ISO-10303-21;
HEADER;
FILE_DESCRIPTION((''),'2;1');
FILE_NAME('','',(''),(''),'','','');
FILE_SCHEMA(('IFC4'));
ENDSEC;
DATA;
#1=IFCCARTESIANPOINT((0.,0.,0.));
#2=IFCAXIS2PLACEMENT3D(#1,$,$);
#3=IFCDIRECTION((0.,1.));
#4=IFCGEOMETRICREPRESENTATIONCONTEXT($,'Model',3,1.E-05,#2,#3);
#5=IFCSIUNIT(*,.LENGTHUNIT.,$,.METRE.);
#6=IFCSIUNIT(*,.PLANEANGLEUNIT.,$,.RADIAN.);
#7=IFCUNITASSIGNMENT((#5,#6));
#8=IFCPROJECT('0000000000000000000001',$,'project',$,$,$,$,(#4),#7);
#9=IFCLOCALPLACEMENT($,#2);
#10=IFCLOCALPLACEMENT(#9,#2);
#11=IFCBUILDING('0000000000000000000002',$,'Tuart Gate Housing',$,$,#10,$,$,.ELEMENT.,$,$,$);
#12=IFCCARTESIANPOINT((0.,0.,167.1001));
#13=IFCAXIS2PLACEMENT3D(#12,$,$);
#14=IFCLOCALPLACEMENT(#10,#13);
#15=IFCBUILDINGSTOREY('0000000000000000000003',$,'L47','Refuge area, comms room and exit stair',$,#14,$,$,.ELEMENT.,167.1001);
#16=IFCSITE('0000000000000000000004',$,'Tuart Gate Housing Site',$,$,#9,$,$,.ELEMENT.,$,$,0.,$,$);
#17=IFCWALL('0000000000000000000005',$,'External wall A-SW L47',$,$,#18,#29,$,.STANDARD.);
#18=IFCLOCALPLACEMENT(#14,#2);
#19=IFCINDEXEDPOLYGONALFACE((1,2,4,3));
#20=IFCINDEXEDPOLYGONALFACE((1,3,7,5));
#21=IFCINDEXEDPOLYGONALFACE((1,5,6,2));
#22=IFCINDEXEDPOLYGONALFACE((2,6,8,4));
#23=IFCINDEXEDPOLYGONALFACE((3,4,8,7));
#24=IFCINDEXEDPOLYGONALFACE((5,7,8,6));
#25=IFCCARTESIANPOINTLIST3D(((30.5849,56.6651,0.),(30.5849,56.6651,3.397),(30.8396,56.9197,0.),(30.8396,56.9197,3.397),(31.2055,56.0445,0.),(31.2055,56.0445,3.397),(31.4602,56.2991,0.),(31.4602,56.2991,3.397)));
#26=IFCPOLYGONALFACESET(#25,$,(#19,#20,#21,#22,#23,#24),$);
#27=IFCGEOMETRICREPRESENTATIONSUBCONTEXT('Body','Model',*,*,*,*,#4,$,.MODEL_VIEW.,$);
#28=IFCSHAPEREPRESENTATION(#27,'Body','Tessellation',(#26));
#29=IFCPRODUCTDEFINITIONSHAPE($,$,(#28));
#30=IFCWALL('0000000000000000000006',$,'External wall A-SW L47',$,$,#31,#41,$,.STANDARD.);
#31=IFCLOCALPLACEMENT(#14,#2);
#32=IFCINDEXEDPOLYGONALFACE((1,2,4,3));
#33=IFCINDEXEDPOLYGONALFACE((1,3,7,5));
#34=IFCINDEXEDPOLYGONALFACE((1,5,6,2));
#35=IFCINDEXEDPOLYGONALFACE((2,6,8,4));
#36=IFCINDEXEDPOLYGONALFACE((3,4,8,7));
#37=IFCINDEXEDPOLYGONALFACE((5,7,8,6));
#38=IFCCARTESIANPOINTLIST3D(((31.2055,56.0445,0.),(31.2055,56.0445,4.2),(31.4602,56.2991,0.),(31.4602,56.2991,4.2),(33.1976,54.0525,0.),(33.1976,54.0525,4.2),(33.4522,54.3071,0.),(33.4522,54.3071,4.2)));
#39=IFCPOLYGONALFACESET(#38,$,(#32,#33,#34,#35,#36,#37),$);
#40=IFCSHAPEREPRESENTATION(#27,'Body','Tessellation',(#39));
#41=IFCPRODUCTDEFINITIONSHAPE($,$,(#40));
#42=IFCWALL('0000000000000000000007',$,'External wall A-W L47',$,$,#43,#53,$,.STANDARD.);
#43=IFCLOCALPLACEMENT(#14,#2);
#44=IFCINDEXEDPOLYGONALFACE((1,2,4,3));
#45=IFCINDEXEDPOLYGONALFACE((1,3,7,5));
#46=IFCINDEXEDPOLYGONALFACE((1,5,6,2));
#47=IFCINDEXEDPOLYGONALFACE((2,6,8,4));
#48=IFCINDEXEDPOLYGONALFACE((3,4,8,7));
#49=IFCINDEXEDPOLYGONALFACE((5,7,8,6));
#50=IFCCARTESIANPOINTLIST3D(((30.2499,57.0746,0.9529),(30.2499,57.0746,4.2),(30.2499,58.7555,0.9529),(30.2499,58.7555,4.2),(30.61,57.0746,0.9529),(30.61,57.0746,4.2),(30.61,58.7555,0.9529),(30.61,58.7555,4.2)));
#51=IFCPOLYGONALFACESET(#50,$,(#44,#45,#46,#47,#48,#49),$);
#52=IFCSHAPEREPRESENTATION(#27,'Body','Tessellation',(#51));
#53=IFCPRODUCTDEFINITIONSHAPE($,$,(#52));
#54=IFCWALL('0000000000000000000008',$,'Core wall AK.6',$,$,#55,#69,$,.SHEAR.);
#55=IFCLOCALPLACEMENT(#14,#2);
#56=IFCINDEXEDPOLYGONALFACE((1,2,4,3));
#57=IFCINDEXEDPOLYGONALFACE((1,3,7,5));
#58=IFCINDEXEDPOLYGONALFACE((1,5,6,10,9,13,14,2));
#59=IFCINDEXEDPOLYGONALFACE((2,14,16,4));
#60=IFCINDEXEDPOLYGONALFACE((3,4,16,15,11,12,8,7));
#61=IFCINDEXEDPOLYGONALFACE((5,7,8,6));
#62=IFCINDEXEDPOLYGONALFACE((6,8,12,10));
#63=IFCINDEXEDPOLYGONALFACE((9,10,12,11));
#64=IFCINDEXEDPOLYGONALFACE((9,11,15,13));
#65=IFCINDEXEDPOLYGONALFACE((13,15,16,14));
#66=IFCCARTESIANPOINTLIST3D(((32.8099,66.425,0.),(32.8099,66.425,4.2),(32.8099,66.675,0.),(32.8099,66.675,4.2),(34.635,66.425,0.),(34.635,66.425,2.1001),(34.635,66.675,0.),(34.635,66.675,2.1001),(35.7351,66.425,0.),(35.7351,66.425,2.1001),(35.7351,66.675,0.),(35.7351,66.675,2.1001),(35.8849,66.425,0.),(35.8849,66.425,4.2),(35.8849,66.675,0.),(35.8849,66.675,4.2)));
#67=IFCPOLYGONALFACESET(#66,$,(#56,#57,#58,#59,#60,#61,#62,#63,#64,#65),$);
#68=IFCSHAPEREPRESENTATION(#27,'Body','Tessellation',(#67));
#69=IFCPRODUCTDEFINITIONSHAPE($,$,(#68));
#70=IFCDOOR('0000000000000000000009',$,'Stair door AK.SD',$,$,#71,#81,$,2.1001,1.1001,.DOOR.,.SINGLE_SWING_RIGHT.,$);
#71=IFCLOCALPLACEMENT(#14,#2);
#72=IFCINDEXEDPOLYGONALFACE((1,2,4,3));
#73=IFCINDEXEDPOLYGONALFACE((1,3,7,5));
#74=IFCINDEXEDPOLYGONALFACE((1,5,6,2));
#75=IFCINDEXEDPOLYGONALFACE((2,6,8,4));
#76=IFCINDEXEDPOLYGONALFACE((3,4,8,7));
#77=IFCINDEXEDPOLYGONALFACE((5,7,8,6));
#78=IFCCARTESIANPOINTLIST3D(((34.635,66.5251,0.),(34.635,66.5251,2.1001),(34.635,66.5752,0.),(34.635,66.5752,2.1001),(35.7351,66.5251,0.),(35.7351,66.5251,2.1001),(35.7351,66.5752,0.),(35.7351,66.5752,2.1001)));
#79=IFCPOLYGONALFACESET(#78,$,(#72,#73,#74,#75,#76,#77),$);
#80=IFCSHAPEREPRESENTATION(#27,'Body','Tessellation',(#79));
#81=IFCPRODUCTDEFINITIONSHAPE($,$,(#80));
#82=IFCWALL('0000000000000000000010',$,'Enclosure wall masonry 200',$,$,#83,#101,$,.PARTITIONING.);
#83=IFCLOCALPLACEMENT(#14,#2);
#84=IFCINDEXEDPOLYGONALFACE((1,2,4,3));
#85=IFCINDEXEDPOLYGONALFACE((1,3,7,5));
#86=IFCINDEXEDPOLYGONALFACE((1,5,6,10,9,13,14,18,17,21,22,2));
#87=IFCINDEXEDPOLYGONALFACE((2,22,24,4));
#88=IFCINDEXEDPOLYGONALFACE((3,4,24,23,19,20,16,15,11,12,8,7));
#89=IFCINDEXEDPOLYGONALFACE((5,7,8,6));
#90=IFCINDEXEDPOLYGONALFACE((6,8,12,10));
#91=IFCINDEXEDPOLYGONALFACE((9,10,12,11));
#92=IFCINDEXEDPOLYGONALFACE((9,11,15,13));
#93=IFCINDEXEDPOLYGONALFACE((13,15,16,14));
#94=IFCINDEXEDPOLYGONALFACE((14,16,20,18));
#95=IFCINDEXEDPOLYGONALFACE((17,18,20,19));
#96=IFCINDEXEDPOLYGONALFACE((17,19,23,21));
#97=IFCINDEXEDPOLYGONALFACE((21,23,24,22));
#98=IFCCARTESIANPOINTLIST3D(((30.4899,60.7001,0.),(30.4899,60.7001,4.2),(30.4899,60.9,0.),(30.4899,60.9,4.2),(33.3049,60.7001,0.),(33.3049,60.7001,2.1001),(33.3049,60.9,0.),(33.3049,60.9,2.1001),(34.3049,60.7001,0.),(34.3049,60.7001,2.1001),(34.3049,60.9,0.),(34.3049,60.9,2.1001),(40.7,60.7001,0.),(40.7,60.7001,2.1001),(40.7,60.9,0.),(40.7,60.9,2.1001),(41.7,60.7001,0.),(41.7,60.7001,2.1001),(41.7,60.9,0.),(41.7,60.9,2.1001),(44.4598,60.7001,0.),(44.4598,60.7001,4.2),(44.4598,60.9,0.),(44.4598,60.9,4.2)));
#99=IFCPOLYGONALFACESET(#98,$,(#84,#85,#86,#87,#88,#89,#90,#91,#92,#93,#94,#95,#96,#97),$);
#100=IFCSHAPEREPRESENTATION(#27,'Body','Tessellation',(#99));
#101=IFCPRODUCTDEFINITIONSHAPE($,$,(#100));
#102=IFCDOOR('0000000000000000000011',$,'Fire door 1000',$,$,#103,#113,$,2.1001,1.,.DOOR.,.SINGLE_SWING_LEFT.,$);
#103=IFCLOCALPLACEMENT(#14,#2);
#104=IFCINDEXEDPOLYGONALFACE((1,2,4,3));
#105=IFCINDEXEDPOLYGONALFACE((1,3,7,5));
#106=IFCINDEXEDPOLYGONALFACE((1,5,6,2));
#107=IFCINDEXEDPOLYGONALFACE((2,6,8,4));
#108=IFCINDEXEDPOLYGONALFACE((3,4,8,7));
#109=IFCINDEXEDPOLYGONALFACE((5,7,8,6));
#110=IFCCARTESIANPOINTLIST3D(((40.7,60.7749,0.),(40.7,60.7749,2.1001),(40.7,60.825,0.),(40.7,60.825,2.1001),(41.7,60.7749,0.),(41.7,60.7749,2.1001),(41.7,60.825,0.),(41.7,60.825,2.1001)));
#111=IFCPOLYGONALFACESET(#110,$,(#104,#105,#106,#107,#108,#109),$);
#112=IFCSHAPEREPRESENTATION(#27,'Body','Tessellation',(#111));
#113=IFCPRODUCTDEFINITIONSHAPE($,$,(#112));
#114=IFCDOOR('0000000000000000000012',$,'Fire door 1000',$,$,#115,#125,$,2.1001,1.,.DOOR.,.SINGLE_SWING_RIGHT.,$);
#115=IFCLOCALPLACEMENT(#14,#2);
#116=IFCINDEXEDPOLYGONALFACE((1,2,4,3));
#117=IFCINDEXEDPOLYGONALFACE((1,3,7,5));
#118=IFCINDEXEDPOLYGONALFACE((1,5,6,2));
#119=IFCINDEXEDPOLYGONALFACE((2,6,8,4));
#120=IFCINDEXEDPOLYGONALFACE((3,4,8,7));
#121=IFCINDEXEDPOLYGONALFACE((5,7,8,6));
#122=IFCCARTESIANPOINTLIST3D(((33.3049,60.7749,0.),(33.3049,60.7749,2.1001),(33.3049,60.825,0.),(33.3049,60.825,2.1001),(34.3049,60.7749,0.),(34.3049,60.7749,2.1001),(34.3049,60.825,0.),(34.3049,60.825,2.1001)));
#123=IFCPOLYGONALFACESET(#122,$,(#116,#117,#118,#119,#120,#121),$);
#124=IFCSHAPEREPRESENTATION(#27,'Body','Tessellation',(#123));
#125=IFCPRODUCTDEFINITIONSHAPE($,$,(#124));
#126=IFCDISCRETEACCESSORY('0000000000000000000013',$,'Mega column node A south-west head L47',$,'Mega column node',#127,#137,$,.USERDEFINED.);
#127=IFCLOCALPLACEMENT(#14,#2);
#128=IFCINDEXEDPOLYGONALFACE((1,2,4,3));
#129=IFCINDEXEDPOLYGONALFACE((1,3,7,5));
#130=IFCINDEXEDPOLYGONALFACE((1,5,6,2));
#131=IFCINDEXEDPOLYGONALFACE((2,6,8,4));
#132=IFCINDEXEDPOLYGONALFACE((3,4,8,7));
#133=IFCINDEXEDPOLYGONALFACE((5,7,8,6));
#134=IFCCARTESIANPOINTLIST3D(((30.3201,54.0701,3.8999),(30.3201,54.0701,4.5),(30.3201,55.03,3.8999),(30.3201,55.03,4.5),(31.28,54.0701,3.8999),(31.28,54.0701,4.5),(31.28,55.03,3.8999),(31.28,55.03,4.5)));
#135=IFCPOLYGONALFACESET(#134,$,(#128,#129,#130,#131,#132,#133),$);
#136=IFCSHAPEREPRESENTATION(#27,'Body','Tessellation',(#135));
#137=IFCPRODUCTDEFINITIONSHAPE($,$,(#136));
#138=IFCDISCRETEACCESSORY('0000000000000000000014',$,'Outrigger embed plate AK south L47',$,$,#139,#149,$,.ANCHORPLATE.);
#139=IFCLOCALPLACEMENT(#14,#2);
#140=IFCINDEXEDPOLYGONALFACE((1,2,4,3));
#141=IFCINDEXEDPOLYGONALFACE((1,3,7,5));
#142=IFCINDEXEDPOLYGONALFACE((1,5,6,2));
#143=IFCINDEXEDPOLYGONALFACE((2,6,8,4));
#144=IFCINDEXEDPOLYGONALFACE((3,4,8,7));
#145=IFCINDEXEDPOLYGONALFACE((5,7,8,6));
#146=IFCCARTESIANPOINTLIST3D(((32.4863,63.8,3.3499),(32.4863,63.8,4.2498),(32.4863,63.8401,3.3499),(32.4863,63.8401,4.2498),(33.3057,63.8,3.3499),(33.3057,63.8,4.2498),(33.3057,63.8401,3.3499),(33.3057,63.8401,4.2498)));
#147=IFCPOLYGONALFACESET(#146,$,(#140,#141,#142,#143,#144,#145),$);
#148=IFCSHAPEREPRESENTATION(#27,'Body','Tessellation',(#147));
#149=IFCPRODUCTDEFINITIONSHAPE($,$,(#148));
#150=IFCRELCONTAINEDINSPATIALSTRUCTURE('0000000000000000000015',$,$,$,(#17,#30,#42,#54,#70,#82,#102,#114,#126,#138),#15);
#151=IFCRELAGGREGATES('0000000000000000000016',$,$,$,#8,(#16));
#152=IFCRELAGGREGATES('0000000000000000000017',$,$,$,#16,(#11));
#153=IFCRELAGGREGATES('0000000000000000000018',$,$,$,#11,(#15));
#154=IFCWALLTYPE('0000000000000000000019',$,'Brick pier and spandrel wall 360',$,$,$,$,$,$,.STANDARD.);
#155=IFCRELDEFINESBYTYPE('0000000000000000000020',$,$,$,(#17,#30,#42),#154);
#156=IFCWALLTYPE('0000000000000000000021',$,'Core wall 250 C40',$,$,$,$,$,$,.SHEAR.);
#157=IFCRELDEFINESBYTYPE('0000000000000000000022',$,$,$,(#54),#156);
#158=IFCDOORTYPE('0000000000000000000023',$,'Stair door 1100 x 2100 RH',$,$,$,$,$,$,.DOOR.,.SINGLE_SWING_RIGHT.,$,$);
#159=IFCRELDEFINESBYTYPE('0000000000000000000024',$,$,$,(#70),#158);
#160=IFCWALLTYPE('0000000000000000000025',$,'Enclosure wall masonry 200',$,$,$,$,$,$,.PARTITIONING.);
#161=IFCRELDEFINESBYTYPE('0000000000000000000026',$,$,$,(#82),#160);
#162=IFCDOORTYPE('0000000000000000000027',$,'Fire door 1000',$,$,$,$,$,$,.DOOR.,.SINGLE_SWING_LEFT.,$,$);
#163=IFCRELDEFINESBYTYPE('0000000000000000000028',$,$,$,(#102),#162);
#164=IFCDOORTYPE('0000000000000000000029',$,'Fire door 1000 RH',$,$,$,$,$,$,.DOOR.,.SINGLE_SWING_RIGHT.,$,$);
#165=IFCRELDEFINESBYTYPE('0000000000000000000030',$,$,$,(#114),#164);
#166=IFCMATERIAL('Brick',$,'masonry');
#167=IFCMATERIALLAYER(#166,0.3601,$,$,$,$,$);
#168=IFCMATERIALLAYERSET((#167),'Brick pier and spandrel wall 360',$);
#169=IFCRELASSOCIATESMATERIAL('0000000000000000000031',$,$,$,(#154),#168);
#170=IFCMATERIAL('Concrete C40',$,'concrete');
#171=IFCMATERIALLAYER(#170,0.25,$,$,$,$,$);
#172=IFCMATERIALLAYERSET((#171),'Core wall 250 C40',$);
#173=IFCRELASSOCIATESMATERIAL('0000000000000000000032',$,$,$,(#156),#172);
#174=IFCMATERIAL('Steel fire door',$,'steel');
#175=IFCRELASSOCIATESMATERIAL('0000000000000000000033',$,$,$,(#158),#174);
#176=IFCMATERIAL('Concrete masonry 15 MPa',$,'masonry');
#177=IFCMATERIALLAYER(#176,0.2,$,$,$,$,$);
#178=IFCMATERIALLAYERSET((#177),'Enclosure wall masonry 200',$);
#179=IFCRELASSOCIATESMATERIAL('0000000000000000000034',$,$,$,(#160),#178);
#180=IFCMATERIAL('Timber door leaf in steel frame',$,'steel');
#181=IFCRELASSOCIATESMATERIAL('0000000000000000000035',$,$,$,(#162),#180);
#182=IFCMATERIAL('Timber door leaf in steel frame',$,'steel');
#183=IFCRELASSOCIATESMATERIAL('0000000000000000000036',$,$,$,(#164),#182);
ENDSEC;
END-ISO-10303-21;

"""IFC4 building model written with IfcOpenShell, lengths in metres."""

from ifc_helpers import new_model, si_unit, direction, frame, frame_2d, origin, origin_2d, place, context, subcontext, project, spatial, rectangle, extrude, material, layer, layer_set, type_object, element, fill, save


model = new_model("IFC4")

# Units and contexts
model_context = context("Model", 3, precision=1e-05, world=origin(), true_north=direction((0.0, 1.0)))
body_context = subcontext(model_context, "Body", "Model", "MODEL_VIEW")
ifc_project = project(units=[si_unit("LENGTHUNIT", "METRE"), si_unit("PLANEANGLEUNIT", "RADIAN")], contexts=[model_context])

# Site, building, storey
site_placement = place(None, origin())
site = spatial("IfcSite", under=ifc_project, at=site_placement, Name="Tuart Gate Housing Site", CompositionType="ELEMENT", RefElevation=0.0)
building_placement = place(site_placement, origin())
building = spatial("IfcBuilding", under=site, at=building_placement, Name="Tuart Gate Housing", CompositionType="ELEMENT")
storey_placement = place(building_placement, frame((0.0, 0.0, 167.1001)))
storey = spatial("IfcBuildingStorey", under=building, at=storey_placement, Name="L47", Description="Refuge area, comms room and exit stair", CompositionType="ELEMENT", Elevation=167.1001)

# Walls
ifc_material_1 = material(Name="Brick", Category="masonry")
ifc_layer_1 = layer(ifc_material_1, 0.3601)
ifc_layer_set_1 = layer_set([ifc_layer_1], Name="Brick pier and spandrel wall 360")
wall_type_1 = type_object("IfcWallType", Name="Brick pier and spandrel wall 360", PredefinedType="STANDARD", material=ifc_layer_set_1)
wall_1_placement = place(storey_placement, frame((30.7122, 56.7925, 0.0), z_axis=(0.0, 0.0, 1.0), x_axis=(0.707107, -0.707107, 0.0)))
element("IfcWall", 1, at=wall_1_placement, inside=storey, type_object=wall_type_1, Name="External wall A-SW L47", PredefinedType="STANDARD", context=body_context, shape_type="SweptSolid", body=[
    extrude(rectangle(XDim=0.8777, YDim=0.3601, at=frame_2d((0.439, 0.0))), origin(), (0.0, 0.0, 1.0), 3.397),
])
wall_2_placement = place(storey_placement, frame((31.3328, 56.1719, 0.0), z_axis=(0.0, 0.0, 1.0), x_axis=(0.707107, -0.707107, 0.0)))
element("IfcWall", 2, at=wall_2_placement, inside=storey, type_object=wall_type_1, Name="External wall A-SW L47", PredefinedType="STANDARD", context=body_context, shape_type="SweptSolid", body=[
    extrude(rectangle(XDim=2.8171, YDim=0.3601, at=frame_2d((1.4087, 0.0))), origin(), (0.0, 0.0, 1.0), 4.2),
])
wall_3_placement = place(storey_placement, frame((30.4299, 58.7554, 0.9529), z_axis=(0.0, 0.0, 1.0), x_axis=(0.0, -1.0, 0.0)))
element("IfcWall", 3, at=wall_3_placement, inside=storey, type_object=wall_type_1, Name="External wall A-W L47", PredefinedType="STANDARD", context=body_context, shape_type="SweptSolid", body=[
    extrude(rectangle(XDim=1.6809, YDim=0.3601, at=frame_2d((0.8403, 0.0))), origin(), (0.0, 0.0, 1.0), 3.2471),
])

# Wall, opening, door
ifc_material_2 = material(Name="Concrete C40", Category="concrete")
ifc_layer_2 = layer(ifc_material_2, 0.25)
ifc_layer_set_2 = layer_set([ifc_layer_2], Name="Core wall 250 C40")
wall_type_2 = type_object("IfcWallType", Name="Core wall 250 C40", PredefinedType="SHEAR", material=ifc_layer_set_2)
wall_4_placement = place(storey_placement, frame((35.885, 66.55, 0.0), z_axis=(0.0, 0.0, 1.0), x_axis=(-1.0, 0.0, 0.0)))
wall_4 = element("IfcWall", 4, at=wall_4_placement, inside=storey, type_object=wall_type_2, Name="Core wall AK.6", PredefinedType="SHEAR", context=body_context, shape_type="SweptSolid", body=[
    extrude(rectangle(XDim=3.075, YDim=0.25, at=frame_2d((1.5376, 0.0))), origin(), (0.0, 0.0, 1.0), 4.2),
])
opening_1_placement = place(wall_4_placement, frame((0.1499, 0.0, 0.0)))
opening_1 = element("IfcOpeningElement", 5, at=opening_1_placement, cuts=wall_4, PredefinedType="OPENING", context=body_context, shape_type="SweptSolid", body=[
    extrude(rectangle(XDim=1.1001, YDim=2.1001, at=frame_2d((0.55, 1.05))), frame((0.0, 0.135, 0.0), z_axis=(0.0, -1.0, 0.0), x_axis=(1.0, 0.0, 0.0)), (0.0, 0.0, 1.0), 0.27),
])
ifc_material_3 = material(Name="Steel fire door", Category="steel")
door_type_1 = type_object("IfcDoorType", Name="Stair door 1100 x 2100 RH", OperationType="SINGLE_SWING_RIGHT", PredefinedType="DOOR", material=ifc_material_3)
door_1_placement = place(opening_1_placement, frame((1.1001, 0.0, 0.0), z_axis=(0.0, 0.0, 1.0), x_axis=(-1.0, 0.0, 0.0)))
door_1 = element("IfcDoor", 6, at=door_1_placement, inside=storey, type_object=door_type_1, Name="Stair door AK.SD", OperationType="SINGLE_SWING_RIGHT", OverallHeight=2.1001, OverallWidth=1.1001, PredefinedType="DOOR", context=body_context, shape_type="SweptSolid", body=[
    extrude(rectangle(XDim=1.1001, YDim=2.1001, at=frame_2d((0.55, 1.05))), frame((0.0, 0.0251, 0.0), z_axis=(0.0, -1.0, 0.0), x_axis=(1.0, 0.0, 0.0)), (0.0, 0.0, 1.0), 0.05),
])
fill(opening_1, door_1)

# Wall, openings, doors
ifc_material_4 = material(Name="Concrete masonry 15 MPa", Category="masonry")
ifc_layer_3 = layer(ifc_material_4, 0.2)
ifc_layer_set_3 = layer_set([ifc_layer_3], Name="Enclosure wall masonry 200")
wall_type_3 = type_object("IfcWallType", Name="Enclosure wall masonry 200", PredefinedType="PARTITIONING", material=ifc_layer_set_3)
wall_5_placement = place(storey_placement, frame((30.49, 60.8, 0.0), z_axis=(0.0, 0.0, 1.0), x_axis=(1.0, 0.0, 0.0)))
wall_5 = element("IfcWall", 7, at=wall_5_placement, inside=storey, type_object=wall_type_3, Name="Enclosure wall masonry 200", PredefinedType="PARTITIONING", context=body_context, shape_type="SweptSolid", body=[
    extrude(rectangle(XDim=13.97, YDim=0.2, at=frame_2d((6.9849, 0.0))), origin(), (0.0, 0.0, 1.0), 4.2),
])
opening_2_placement = place(wall_5_placement, frame((2.8149, 0.0, 0.0)))
opening_2 = element("IfcOpeningElement", 8, at=opening_2_placement, cuts=wall_5, PredefinedType="OPENING", context=body_context, shape_type="SweptSolid", body=[
    extrude(rectangle(XDim=1.0, YDim=2.1001, at=frame_2d((0.5, 1.05))), frame((0.0, 0.1099, 0.0), z_axis=(0.0, -1.0, 0.0), x_axis=(1.0, 0.0, 0.0)), (0.0, 0.0, 1.0), 0.22),
])
opening_3_placement = place(wall_5_placement, frame((10.21, 0.0, 0.0)))
opening_3 = element("IfcOpeningElement", 9, at=opening_3_placement, cuts=wall_5, PredefinedType="OPENING", context=body_context, shape_type="SweptSolid", body=[
    extrude(rectangle(XDim=1.0, YDim=2.1001, at=frame_2d((0.5, 1.05))), frame((0.0, 0.1099, 0.0), z_axis=(0.0, -1.0, 0.0), x_axis=(1.0, 0.0, 0.0)), (0.0, 0.0, 1.0), 0.22),
])
ifc_material_5 = material(Name="Timber door leaf in steel frame", Category="steel")
door_type_2 = type_object("IfcDoorType", Name="Fire door 1000", OperationType="SINGLE_SWING_LEFT", PredefinedType="DOOR", material=ifc_material_5)
door_2_placement = place(opening_3_placement, frame((1.0, 0.0, 0.0), z_axis=(0.0, 0.0, 1.0), x_axis=(-1.0, 0.0, 0.0)))
door_2 = element("IfcDoor", 10, at=door_2_placement, inside=storey, type_object=door_type_2, Name="Fire door 1000", OperationType="SINGLE_SWING_LEFT", OverallHeight=2.1001, OverallWidth=1.0, PredefinedType="DOOR", context=body_context, shape_type="SweptSolid", body=[
    extrude(rectangle(XDim=1.0, YDim=2.1001, at=frame_2d((0.5, 1.05))), frame((0.0, 0.0251, 0.0), z_axis=(0.0, -1.0, 0.0), x_axis=(1.0, 0.0, 0.0)), (0.0, 0.0, 1.0), 0.05),
])
fill(opening_3, door_2)
ifc_material_6 = material(Name="Timber door leaf in steel frame", Category="steel")
door_type_3 = type_object("IfcDoorType", Name="Fire door 1000 RH", OperationType="SINGLE_SWING_RIGHT", PredefinedType="DOOR", material=ifc_material_6)
door_3_placement = place(opening_2_placement, frame((1.0, 0.0, 0.0), z_axis=(0.0, 0.0, 1.0), x_axis=(-1.0, 0.0, 0.0)))
door_3 = element("IfcDoor", 11, at=door_3_placement, inside=storey, type_object=door_type_3, Name="Fire door 1000", OperationType="SINGLE_SWING_RIGHT", OverallHeight=2.1001, OverallWidth=1.0, PredefinedType="DOOR", context=body_context, shape_type="SweptSolid", body=[
    extrude(rectangle(XDim=1.0, YDim=2.1001, at=frame_2d((0.5, 1.05))), frame((0.0, 0.0251, 0.0), z_axis=(0.0, -1.0, 0.0), x_axis=(1.0, 0.0, 0.0)), (0.0, 0.0, 1.0), 0.05),
])
fill(opening_2, door_3)

# Discrete accessories
discrete_accessory_1_placement = place(storey_placement, frame((30.8, 54.55, 3.8999), z_axis=(0.0, 0.0, 1.0), x_axis=(1.0, 0.0, 0.0)))
element("IfcDiscreteAccessory", 12, at=discrete_accessory_1_placement, inside=storey, Name="Mega column node A south-west head L47", ObjectType="Mega column node", PredefinedType="USERDEFINED", context=body_context, shape_type="SweptSolid", body=[
    extrude(rectangle(XDim=0.96, YDim=0.96, at=origin_2d()), origin(), (0.0, 0.0, 1.0), 0.6001),
])
discrete_accessory_2_placement = place(storey_placement, frame((32.896, 63.8201, 3.3499), z_axis=(0.0, 0.0, 1.0), x_axis=(1.0, 0.0, 0.0)))
element("IfcDiscreteAccessory", 13, at=discrete_accessory_2_placement, inside=storey, Name="Outrigger embed plate AK south L47", PredefinedType="ANCHORPLATE", context=body_context, shape_type="SweptSolid", body=[
    extrude(rectangle(XDim=0.8193, YDim=0.04, at=origin_2d()), origin(), (0.0, 0.0, 1.0), 0.8999),
])

save(model, "model.ifc")
